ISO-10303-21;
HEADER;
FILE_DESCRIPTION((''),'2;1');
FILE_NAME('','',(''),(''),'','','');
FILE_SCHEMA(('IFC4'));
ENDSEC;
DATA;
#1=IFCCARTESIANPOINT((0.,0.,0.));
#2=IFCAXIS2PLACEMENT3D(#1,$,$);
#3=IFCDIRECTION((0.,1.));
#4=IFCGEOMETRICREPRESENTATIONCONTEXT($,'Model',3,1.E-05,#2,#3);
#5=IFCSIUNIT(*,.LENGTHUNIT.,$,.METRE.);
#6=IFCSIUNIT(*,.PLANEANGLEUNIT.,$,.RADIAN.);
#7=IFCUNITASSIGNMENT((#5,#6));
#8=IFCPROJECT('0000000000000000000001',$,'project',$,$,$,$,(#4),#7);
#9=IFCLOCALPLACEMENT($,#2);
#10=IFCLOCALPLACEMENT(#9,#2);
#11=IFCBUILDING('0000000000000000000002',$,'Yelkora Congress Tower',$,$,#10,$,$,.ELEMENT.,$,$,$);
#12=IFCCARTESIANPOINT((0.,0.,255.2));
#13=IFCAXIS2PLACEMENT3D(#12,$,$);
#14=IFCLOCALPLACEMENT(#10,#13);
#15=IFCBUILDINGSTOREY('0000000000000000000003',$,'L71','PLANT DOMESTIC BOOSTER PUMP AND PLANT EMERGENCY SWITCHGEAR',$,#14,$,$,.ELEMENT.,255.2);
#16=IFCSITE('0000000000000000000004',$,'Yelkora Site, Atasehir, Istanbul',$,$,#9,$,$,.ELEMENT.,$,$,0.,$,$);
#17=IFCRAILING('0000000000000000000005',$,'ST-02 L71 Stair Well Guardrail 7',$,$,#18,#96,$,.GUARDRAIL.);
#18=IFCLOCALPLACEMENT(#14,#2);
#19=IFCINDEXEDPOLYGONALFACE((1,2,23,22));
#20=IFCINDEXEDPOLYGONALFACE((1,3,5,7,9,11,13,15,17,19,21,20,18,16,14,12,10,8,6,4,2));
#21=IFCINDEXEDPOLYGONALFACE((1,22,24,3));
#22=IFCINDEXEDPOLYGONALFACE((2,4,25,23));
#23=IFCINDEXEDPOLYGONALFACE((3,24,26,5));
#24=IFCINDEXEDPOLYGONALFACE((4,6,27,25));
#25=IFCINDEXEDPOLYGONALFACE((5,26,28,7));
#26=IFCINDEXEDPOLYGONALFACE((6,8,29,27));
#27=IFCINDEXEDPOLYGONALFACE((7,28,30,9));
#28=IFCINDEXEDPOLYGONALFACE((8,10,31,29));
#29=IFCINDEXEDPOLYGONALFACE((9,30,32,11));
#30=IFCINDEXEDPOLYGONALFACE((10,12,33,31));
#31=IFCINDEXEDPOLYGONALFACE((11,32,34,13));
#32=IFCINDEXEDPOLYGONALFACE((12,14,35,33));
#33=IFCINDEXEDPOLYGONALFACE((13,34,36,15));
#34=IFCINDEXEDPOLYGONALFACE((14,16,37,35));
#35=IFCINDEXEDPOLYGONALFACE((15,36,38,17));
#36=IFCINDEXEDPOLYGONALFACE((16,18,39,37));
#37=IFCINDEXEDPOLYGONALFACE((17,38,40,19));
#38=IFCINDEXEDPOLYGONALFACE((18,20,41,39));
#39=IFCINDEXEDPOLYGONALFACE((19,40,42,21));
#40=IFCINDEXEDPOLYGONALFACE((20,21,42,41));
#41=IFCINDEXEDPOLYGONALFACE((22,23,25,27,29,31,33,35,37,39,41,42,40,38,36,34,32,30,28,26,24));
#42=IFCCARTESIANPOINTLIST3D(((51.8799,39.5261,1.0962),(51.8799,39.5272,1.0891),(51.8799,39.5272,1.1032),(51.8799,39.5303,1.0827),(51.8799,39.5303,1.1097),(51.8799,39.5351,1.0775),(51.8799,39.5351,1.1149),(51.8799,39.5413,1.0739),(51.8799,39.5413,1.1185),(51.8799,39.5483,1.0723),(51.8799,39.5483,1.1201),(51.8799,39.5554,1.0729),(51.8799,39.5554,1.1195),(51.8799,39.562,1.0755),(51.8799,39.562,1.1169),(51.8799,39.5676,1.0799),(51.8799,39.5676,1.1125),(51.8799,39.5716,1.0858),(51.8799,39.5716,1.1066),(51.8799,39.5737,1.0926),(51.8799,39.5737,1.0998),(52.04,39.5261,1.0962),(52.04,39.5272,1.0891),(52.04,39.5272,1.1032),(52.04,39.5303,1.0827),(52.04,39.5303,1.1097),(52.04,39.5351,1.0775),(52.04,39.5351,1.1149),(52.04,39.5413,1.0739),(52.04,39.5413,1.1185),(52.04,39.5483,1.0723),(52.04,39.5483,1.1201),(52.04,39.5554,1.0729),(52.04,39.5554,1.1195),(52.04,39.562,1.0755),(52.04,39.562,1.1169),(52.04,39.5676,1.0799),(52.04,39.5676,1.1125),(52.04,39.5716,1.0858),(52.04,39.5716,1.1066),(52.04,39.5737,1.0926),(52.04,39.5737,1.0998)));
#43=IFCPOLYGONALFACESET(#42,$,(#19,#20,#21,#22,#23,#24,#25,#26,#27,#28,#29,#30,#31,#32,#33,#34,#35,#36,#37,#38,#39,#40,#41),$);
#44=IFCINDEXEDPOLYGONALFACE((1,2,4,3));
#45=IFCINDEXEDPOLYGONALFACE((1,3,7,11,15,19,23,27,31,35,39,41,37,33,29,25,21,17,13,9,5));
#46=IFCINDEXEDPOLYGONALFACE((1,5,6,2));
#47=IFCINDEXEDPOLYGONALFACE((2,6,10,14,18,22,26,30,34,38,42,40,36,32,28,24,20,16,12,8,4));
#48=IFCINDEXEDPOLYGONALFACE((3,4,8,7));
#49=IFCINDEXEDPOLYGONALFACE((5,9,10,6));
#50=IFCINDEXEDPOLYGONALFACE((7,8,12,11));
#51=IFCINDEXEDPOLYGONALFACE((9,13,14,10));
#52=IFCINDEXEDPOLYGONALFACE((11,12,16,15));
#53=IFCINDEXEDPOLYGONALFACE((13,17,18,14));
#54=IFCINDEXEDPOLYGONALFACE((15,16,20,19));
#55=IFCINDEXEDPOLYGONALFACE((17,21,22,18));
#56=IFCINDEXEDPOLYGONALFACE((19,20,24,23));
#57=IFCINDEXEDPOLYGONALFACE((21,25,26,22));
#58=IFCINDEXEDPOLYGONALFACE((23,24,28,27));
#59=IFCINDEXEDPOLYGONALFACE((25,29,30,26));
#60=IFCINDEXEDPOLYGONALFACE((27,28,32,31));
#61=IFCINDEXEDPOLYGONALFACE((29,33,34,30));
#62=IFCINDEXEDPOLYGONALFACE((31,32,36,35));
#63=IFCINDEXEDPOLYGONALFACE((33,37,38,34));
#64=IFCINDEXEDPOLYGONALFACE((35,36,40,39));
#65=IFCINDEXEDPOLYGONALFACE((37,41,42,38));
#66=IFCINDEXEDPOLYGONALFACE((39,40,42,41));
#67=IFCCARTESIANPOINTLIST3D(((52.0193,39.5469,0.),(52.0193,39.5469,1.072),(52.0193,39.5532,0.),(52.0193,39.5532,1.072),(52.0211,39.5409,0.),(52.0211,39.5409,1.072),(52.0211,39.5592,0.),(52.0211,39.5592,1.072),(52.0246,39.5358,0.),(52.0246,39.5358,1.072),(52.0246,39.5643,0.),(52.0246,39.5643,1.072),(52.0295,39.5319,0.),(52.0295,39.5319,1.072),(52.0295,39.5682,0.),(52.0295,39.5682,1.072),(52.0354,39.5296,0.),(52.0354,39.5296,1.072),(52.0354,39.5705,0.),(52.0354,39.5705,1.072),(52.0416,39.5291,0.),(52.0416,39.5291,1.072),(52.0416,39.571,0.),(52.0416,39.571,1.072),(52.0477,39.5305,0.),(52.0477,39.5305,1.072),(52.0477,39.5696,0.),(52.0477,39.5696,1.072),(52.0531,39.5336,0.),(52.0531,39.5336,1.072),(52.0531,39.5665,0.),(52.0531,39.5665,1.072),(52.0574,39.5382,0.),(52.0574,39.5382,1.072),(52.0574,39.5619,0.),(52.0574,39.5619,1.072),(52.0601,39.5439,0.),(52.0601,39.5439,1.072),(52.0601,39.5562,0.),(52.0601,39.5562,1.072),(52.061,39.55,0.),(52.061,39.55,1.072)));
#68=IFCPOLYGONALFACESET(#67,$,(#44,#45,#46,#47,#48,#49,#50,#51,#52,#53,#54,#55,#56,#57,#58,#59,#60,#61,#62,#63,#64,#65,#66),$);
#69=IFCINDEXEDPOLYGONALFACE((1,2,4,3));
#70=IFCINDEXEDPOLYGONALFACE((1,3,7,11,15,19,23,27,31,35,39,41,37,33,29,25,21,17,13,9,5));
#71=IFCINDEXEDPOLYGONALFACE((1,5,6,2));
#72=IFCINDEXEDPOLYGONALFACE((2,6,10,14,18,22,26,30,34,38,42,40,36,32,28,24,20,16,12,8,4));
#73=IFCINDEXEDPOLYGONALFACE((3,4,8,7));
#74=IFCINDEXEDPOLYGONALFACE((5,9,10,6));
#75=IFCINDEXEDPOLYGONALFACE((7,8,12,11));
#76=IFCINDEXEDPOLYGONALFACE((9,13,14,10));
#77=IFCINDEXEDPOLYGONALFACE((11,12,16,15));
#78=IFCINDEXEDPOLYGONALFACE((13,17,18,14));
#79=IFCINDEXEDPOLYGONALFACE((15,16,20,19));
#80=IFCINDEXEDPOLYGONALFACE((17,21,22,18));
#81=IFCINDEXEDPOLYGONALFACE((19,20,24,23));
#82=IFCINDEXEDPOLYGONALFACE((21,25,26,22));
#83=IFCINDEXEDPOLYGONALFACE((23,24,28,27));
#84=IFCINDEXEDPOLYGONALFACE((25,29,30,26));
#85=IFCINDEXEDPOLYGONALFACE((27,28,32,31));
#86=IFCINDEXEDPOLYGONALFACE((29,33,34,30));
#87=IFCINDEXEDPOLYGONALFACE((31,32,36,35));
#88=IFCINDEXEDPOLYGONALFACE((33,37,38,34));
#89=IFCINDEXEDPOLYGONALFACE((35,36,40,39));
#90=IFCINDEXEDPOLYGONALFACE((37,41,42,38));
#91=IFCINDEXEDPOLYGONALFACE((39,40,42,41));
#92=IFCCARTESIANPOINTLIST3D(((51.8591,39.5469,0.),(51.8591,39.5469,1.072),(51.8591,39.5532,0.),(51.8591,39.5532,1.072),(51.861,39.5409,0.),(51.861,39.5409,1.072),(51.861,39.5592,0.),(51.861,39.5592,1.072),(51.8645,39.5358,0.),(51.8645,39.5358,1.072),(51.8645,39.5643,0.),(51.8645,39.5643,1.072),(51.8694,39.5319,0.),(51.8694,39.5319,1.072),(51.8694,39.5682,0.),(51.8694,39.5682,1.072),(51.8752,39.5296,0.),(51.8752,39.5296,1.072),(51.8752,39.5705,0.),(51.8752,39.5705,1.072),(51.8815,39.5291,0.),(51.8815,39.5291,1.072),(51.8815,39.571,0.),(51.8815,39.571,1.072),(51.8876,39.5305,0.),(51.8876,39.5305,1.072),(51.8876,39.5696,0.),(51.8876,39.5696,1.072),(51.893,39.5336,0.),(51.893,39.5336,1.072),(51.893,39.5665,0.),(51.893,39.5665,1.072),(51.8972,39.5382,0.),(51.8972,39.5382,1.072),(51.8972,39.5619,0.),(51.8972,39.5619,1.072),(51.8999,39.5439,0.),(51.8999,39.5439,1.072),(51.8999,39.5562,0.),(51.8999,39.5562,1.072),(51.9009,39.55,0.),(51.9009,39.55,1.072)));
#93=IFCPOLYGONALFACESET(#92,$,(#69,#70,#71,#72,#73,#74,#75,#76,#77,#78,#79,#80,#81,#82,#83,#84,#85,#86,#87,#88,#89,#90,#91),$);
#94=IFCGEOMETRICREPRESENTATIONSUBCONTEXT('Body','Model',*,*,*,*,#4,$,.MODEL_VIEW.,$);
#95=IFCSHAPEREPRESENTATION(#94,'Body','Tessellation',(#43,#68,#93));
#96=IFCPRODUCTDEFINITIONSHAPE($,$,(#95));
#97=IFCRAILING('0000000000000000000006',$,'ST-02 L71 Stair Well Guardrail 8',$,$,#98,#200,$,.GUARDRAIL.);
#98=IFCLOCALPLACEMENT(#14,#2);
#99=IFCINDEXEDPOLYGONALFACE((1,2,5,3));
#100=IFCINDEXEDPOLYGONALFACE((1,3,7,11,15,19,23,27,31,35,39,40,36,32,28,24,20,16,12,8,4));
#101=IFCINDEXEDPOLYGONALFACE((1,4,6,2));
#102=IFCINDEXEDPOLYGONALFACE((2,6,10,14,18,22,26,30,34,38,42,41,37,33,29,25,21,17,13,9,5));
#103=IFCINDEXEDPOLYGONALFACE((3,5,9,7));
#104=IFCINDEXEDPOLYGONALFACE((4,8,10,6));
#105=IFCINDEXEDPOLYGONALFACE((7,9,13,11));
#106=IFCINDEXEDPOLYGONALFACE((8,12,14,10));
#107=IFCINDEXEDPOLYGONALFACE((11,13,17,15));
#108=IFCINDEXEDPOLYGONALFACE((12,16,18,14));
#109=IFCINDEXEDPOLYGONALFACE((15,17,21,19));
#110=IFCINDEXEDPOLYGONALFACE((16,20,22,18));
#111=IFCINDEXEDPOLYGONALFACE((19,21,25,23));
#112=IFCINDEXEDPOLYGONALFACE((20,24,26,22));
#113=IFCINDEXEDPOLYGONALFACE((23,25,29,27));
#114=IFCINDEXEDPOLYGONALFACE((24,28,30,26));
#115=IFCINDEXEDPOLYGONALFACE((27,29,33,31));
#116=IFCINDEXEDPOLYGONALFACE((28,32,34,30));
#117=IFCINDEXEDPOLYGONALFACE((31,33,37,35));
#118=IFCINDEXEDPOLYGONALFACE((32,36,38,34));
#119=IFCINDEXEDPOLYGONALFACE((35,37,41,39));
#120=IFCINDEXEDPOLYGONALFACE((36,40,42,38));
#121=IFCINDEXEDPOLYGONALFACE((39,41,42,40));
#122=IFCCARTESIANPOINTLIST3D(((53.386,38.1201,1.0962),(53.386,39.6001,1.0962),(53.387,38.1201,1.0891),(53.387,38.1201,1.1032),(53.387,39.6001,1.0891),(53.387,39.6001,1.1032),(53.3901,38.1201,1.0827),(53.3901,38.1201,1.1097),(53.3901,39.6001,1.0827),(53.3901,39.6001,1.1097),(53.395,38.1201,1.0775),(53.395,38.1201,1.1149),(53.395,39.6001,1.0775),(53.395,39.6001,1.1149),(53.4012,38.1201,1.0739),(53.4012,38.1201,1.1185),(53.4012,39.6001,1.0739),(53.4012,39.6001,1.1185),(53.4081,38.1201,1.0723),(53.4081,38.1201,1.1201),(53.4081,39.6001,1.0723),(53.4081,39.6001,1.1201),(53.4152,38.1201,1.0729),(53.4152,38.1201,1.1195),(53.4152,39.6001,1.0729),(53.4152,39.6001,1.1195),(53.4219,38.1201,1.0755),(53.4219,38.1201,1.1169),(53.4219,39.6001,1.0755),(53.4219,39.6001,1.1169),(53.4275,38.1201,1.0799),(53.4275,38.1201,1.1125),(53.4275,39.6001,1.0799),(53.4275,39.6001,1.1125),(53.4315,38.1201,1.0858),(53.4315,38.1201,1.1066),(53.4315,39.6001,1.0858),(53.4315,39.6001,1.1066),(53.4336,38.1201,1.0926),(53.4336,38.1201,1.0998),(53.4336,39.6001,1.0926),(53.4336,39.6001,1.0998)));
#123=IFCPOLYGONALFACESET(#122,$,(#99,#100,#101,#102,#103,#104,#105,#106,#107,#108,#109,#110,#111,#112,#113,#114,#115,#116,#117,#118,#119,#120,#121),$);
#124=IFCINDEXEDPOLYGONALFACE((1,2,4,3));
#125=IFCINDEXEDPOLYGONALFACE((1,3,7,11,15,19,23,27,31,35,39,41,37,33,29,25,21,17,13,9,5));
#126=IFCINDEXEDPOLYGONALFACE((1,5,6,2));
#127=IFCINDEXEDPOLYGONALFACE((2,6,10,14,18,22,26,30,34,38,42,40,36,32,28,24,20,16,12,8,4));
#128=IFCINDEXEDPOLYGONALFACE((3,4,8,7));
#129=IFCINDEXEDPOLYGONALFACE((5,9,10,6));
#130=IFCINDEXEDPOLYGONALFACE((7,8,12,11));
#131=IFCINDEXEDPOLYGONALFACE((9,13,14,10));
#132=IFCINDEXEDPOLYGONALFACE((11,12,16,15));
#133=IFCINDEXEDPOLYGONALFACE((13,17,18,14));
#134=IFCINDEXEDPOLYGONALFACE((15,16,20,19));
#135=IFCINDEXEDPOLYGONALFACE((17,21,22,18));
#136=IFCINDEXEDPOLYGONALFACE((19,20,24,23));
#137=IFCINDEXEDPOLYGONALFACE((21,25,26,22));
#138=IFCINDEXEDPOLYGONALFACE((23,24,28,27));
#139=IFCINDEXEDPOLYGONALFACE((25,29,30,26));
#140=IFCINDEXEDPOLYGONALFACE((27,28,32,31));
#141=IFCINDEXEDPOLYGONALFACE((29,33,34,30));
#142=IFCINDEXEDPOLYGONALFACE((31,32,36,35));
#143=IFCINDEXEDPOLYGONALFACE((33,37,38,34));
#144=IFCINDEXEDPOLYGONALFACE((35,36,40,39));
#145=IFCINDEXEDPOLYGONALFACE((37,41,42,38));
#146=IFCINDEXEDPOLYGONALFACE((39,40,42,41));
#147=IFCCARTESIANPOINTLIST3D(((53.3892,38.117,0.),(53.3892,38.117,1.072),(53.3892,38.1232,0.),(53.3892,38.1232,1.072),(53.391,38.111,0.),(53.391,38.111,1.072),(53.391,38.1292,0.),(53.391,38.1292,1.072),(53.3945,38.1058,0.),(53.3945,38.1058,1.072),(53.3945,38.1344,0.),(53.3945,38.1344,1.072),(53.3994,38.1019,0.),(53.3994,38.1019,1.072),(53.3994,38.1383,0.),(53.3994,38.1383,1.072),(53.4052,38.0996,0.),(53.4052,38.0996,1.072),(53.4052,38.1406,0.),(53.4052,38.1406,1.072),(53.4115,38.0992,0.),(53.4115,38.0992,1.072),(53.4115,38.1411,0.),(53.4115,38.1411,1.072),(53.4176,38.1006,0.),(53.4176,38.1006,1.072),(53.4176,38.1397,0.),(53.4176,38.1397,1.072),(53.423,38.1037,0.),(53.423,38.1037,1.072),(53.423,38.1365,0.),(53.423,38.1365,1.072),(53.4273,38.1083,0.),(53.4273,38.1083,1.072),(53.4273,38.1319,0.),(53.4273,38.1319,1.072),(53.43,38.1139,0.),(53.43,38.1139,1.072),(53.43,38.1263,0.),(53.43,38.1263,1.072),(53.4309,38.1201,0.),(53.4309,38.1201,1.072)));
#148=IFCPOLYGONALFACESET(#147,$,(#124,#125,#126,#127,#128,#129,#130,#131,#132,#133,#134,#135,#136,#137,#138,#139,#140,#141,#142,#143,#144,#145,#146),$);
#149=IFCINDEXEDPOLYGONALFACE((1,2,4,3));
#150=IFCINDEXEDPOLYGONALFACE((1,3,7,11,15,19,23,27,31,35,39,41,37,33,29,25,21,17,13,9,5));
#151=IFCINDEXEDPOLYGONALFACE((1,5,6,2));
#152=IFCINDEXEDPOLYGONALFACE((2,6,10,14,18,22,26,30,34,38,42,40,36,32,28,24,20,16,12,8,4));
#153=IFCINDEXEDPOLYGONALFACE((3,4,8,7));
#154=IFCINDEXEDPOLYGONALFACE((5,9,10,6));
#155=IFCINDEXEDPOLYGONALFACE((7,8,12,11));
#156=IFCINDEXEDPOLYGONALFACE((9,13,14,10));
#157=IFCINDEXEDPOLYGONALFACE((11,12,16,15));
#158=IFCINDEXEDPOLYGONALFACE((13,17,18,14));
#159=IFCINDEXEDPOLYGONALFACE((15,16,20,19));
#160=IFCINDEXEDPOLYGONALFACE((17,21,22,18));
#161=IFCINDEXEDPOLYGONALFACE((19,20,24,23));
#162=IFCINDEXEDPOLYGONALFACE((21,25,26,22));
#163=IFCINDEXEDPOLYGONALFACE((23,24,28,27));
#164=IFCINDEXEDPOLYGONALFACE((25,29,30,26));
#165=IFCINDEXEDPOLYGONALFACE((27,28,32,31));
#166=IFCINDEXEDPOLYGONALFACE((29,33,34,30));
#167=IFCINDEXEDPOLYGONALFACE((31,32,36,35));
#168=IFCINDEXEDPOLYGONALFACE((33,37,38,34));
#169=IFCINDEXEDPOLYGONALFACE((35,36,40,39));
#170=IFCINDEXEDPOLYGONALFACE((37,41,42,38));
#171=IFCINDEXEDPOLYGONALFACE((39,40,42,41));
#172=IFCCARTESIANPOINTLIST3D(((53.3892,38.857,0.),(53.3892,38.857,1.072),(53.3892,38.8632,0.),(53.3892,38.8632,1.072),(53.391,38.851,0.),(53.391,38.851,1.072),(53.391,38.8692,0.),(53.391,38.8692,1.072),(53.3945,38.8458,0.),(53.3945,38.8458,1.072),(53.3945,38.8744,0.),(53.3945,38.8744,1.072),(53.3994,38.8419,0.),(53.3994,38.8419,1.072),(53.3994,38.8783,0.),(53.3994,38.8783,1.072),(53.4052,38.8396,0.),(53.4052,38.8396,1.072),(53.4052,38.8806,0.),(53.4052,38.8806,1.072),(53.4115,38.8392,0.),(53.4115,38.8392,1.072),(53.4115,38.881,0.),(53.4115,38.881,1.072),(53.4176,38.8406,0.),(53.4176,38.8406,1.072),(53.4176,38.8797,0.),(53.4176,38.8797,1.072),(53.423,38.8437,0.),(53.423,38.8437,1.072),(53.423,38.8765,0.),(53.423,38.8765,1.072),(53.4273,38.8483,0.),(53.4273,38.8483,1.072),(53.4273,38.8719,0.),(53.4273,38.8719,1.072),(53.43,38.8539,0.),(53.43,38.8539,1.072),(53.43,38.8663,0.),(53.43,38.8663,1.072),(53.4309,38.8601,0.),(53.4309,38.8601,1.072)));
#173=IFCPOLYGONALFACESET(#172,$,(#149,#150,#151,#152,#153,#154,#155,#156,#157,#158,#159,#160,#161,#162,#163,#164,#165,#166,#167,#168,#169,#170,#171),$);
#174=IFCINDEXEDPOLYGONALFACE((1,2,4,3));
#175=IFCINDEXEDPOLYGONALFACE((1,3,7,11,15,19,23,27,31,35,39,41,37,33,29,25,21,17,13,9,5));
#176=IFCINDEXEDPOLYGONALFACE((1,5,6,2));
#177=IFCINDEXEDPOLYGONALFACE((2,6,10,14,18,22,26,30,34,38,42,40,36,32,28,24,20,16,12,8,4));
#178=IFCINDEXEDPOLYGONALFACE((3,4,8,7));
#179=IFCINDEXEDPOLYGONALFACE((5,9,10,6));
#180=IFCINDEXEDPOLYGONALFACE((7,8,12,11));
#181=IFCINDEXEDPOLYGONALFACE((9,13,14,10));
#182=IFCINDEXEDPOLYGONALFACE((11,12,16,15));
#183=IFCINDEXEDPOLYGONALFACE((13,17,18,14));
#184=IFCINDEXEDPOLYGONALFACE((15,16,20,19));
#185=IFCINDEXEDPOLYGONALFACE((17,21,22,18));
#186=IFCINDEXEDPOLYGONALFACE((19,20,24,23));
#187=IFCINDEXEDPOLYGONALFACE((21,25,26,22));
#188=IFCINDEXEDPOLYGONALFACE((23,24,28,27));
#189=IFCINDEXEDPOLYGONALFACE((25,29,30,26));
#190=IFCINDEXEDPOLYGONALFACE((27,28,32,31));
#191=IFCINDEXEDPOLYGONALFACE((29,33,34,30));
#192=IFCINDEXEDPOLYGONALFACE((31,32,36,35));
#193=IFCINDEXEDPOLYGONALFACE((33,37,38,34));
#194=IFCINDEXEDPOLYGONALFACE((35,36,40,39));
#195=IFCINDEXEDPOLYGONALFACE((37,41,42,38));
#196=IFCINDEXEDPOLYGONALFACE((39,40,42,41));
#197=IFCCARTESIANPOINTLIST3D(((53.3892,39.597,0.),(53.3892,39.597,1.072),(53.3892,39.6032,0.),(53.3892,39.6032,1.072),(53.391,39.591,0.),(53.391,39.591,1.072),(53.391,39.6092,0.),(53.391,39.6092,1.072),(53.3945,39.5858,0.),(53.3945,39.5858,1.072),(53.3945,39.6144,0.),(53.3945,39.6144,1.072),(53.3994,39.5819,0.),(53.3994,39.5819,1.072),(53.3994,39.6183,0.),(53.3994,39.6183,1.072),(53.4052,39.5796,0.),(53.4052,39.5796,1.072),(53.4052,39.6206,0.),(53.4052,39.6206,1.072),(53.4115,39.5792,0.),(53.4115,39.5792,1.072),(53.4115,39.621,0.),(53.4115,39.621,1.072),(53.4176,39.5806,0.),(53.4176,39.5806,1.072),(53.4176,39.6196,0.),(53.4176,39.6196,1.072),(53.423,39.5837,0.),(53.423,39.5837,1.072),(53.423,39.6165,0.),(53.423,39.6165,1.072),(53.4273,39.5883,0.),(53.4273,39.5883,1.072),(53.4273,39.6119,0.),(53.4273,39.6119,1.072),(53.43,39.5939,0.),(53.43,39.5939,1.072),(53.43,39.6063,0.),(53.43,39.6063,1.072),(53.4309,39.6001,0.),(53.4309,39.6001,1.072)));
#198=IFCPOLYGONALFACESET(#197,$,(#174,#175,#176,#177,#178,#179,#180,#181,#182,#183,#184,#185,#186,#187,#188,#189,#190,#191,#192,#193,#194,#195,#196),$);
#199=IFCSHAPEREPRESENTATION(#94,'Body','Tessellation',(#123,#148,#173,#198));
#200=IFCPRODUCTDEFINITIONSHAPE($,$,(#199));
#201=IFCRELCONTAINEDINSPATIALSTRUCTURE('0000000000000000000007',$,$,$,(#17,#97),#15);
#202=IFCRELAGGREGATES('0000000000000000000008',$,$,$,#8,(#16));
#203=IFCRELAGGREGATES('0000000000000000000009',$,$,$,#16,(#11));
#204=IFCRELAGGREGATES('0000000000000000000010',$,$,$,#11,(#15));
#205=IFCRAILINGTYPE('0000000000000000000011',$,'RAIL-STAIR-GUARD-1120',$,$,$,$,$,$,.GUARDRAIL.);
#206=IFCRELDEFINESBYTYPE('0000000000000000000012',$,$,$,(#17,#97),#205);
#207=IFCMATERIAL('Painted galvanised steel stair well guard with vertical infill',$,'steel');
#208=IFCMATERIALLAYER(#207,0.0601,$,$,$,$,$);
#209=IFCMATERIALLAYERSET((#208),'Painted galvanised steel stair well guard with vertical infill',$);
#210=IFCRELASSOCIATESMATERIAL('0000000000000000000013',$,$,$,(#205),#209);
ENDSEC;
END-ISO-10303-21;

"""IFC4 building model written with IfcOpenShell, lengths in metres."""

from ifc_helpers import new_model, si_unit, direction, frame, origin, origin_2d, place, context, subcontext, project, spatial, circle, extrude, material, layer, layer_set, type_object, element, save


model = new_model("IFC4")

# Units and contexts
model_context = context("Model", 3, precision=1e-05, world=origin(), true_north=direction((0.0, 1.0)))
body_context = subcontext(model_context, "Body", "Model", "MODEL_VIEW")
ifc_project = project(units=[si_unit("LENGTHUNIT", "METRE"), si_unit("PLANEANGLEUNIT", "RADIAN")], contexts=[model_context])

# Site, building, storey
site_placement = place(None, origin())
site = spatial("IfcSite", under=ifc_project, at=site_placement, Name="Yelkora Site, Atasehir, Istanbul", CompositionType="ELEMENT", RefElevation=0.0)
building_placement = place(site_placement, origin())
building = spatial("IfcBuilding", under=site, at=building_placement, Name="Yelkora Congress Tower", CompositionType="ELEMENT")
storey_placement = place(building_placement, frame((0.0, 0.0, 255.2)))
storey = spatial("IfcBuildingStorey", under=building, at=storey_placement, Name="L71", Description="PLANT DOMESTIC BOOSTER PUMP AND PLANT EMERGENCY SWITCHGEAR", CompositionType="ELEMENT", Elevation=255.2)

# Railings
ifc_material_1 = material(Name="Painted galvanised steel stair well guard with vertical infill", Category="steel")
ifc_layer_1 = layer(ifc_material_1, 0.0601)
ifc_layer_set_1 = layer_set([ifc_layer_1], Name="Painted galvanised steel stair well guard with vertical infill")
railing_type_1 = type_object("IfcRailingType", Name="RAIL-STAIR-GUARD-1120", PredefinedType="GUARDRAIL", material=ifc_layer_set_1)
railing_1_placement = place(storey_placement, frame((52.04, 39.55, 0.0)))
element("IfcRailing", 1, at=railing_1_placement, inside=storey, type_object=railing_type_1, Name="ST-02 L71 Stair Well Guardrail 7", PredefinedType="GUARDRAIL", context=body_context, shape_type="SweptSolid", body=[
    extrude(circle(Radius=0.0239, at=origin_2d()), frame((0.0, 0.0, 1.0962), z_axis=(-1.0, 0.0, 0.0), x_axis=(0.0, -1.0, 0.0)), (0.0, 0.0, 1.0), 0.1602),
    extrude(circle(Radius=0.021, at=origin_2d()), origin(), (0.0, 0.0, 1.0), 1.072),
    extrude(circle(Radius=0.021, at=origin_2d()), frame((-0.1602, 0.0, 0.0)), (0.0, 0.0, 1.0), 1.072),
])
railing_2_placement = place(storey_placement, frame((53.4099, 38.1201, 0.0)))
element("IfcRailing", 2, at=railing_2_placement, inside=storey, type_object=railing_type_1, Name="ST-02 L71 Stair Well Guardrail 8", PredefinedType="GUARDRAIL", context=body_context, shape_type="SweptSolid", body=[
    extrude(circle(Radius=0.0239, at=origin_2d()), frame((0.0, 0.0, 1.0962), z_axis=(0.0, 1.0, 0.0), x_axis=(-1.0, 0.0, 0.0)), (0.0, 0.0, 1.0), 1.48),
    extrude(circle(Radius=0.021, at=origin_2d()), origin(), (0.0, 0.0, 1.0), 1.072),
    extrude(circle(Radius=0.021, at=origin_2d()), frame((0.0, 0.74, 0.0)), (0.0, 0.0, 1.0), 1.072),
    extrude(circle(Radius=0.021, at=origin_2d()), frame((0.0, 1.48, 0.0)), (0.0, 0.0, 1.0), 1.072),
])

save(model, "model.ifc")
